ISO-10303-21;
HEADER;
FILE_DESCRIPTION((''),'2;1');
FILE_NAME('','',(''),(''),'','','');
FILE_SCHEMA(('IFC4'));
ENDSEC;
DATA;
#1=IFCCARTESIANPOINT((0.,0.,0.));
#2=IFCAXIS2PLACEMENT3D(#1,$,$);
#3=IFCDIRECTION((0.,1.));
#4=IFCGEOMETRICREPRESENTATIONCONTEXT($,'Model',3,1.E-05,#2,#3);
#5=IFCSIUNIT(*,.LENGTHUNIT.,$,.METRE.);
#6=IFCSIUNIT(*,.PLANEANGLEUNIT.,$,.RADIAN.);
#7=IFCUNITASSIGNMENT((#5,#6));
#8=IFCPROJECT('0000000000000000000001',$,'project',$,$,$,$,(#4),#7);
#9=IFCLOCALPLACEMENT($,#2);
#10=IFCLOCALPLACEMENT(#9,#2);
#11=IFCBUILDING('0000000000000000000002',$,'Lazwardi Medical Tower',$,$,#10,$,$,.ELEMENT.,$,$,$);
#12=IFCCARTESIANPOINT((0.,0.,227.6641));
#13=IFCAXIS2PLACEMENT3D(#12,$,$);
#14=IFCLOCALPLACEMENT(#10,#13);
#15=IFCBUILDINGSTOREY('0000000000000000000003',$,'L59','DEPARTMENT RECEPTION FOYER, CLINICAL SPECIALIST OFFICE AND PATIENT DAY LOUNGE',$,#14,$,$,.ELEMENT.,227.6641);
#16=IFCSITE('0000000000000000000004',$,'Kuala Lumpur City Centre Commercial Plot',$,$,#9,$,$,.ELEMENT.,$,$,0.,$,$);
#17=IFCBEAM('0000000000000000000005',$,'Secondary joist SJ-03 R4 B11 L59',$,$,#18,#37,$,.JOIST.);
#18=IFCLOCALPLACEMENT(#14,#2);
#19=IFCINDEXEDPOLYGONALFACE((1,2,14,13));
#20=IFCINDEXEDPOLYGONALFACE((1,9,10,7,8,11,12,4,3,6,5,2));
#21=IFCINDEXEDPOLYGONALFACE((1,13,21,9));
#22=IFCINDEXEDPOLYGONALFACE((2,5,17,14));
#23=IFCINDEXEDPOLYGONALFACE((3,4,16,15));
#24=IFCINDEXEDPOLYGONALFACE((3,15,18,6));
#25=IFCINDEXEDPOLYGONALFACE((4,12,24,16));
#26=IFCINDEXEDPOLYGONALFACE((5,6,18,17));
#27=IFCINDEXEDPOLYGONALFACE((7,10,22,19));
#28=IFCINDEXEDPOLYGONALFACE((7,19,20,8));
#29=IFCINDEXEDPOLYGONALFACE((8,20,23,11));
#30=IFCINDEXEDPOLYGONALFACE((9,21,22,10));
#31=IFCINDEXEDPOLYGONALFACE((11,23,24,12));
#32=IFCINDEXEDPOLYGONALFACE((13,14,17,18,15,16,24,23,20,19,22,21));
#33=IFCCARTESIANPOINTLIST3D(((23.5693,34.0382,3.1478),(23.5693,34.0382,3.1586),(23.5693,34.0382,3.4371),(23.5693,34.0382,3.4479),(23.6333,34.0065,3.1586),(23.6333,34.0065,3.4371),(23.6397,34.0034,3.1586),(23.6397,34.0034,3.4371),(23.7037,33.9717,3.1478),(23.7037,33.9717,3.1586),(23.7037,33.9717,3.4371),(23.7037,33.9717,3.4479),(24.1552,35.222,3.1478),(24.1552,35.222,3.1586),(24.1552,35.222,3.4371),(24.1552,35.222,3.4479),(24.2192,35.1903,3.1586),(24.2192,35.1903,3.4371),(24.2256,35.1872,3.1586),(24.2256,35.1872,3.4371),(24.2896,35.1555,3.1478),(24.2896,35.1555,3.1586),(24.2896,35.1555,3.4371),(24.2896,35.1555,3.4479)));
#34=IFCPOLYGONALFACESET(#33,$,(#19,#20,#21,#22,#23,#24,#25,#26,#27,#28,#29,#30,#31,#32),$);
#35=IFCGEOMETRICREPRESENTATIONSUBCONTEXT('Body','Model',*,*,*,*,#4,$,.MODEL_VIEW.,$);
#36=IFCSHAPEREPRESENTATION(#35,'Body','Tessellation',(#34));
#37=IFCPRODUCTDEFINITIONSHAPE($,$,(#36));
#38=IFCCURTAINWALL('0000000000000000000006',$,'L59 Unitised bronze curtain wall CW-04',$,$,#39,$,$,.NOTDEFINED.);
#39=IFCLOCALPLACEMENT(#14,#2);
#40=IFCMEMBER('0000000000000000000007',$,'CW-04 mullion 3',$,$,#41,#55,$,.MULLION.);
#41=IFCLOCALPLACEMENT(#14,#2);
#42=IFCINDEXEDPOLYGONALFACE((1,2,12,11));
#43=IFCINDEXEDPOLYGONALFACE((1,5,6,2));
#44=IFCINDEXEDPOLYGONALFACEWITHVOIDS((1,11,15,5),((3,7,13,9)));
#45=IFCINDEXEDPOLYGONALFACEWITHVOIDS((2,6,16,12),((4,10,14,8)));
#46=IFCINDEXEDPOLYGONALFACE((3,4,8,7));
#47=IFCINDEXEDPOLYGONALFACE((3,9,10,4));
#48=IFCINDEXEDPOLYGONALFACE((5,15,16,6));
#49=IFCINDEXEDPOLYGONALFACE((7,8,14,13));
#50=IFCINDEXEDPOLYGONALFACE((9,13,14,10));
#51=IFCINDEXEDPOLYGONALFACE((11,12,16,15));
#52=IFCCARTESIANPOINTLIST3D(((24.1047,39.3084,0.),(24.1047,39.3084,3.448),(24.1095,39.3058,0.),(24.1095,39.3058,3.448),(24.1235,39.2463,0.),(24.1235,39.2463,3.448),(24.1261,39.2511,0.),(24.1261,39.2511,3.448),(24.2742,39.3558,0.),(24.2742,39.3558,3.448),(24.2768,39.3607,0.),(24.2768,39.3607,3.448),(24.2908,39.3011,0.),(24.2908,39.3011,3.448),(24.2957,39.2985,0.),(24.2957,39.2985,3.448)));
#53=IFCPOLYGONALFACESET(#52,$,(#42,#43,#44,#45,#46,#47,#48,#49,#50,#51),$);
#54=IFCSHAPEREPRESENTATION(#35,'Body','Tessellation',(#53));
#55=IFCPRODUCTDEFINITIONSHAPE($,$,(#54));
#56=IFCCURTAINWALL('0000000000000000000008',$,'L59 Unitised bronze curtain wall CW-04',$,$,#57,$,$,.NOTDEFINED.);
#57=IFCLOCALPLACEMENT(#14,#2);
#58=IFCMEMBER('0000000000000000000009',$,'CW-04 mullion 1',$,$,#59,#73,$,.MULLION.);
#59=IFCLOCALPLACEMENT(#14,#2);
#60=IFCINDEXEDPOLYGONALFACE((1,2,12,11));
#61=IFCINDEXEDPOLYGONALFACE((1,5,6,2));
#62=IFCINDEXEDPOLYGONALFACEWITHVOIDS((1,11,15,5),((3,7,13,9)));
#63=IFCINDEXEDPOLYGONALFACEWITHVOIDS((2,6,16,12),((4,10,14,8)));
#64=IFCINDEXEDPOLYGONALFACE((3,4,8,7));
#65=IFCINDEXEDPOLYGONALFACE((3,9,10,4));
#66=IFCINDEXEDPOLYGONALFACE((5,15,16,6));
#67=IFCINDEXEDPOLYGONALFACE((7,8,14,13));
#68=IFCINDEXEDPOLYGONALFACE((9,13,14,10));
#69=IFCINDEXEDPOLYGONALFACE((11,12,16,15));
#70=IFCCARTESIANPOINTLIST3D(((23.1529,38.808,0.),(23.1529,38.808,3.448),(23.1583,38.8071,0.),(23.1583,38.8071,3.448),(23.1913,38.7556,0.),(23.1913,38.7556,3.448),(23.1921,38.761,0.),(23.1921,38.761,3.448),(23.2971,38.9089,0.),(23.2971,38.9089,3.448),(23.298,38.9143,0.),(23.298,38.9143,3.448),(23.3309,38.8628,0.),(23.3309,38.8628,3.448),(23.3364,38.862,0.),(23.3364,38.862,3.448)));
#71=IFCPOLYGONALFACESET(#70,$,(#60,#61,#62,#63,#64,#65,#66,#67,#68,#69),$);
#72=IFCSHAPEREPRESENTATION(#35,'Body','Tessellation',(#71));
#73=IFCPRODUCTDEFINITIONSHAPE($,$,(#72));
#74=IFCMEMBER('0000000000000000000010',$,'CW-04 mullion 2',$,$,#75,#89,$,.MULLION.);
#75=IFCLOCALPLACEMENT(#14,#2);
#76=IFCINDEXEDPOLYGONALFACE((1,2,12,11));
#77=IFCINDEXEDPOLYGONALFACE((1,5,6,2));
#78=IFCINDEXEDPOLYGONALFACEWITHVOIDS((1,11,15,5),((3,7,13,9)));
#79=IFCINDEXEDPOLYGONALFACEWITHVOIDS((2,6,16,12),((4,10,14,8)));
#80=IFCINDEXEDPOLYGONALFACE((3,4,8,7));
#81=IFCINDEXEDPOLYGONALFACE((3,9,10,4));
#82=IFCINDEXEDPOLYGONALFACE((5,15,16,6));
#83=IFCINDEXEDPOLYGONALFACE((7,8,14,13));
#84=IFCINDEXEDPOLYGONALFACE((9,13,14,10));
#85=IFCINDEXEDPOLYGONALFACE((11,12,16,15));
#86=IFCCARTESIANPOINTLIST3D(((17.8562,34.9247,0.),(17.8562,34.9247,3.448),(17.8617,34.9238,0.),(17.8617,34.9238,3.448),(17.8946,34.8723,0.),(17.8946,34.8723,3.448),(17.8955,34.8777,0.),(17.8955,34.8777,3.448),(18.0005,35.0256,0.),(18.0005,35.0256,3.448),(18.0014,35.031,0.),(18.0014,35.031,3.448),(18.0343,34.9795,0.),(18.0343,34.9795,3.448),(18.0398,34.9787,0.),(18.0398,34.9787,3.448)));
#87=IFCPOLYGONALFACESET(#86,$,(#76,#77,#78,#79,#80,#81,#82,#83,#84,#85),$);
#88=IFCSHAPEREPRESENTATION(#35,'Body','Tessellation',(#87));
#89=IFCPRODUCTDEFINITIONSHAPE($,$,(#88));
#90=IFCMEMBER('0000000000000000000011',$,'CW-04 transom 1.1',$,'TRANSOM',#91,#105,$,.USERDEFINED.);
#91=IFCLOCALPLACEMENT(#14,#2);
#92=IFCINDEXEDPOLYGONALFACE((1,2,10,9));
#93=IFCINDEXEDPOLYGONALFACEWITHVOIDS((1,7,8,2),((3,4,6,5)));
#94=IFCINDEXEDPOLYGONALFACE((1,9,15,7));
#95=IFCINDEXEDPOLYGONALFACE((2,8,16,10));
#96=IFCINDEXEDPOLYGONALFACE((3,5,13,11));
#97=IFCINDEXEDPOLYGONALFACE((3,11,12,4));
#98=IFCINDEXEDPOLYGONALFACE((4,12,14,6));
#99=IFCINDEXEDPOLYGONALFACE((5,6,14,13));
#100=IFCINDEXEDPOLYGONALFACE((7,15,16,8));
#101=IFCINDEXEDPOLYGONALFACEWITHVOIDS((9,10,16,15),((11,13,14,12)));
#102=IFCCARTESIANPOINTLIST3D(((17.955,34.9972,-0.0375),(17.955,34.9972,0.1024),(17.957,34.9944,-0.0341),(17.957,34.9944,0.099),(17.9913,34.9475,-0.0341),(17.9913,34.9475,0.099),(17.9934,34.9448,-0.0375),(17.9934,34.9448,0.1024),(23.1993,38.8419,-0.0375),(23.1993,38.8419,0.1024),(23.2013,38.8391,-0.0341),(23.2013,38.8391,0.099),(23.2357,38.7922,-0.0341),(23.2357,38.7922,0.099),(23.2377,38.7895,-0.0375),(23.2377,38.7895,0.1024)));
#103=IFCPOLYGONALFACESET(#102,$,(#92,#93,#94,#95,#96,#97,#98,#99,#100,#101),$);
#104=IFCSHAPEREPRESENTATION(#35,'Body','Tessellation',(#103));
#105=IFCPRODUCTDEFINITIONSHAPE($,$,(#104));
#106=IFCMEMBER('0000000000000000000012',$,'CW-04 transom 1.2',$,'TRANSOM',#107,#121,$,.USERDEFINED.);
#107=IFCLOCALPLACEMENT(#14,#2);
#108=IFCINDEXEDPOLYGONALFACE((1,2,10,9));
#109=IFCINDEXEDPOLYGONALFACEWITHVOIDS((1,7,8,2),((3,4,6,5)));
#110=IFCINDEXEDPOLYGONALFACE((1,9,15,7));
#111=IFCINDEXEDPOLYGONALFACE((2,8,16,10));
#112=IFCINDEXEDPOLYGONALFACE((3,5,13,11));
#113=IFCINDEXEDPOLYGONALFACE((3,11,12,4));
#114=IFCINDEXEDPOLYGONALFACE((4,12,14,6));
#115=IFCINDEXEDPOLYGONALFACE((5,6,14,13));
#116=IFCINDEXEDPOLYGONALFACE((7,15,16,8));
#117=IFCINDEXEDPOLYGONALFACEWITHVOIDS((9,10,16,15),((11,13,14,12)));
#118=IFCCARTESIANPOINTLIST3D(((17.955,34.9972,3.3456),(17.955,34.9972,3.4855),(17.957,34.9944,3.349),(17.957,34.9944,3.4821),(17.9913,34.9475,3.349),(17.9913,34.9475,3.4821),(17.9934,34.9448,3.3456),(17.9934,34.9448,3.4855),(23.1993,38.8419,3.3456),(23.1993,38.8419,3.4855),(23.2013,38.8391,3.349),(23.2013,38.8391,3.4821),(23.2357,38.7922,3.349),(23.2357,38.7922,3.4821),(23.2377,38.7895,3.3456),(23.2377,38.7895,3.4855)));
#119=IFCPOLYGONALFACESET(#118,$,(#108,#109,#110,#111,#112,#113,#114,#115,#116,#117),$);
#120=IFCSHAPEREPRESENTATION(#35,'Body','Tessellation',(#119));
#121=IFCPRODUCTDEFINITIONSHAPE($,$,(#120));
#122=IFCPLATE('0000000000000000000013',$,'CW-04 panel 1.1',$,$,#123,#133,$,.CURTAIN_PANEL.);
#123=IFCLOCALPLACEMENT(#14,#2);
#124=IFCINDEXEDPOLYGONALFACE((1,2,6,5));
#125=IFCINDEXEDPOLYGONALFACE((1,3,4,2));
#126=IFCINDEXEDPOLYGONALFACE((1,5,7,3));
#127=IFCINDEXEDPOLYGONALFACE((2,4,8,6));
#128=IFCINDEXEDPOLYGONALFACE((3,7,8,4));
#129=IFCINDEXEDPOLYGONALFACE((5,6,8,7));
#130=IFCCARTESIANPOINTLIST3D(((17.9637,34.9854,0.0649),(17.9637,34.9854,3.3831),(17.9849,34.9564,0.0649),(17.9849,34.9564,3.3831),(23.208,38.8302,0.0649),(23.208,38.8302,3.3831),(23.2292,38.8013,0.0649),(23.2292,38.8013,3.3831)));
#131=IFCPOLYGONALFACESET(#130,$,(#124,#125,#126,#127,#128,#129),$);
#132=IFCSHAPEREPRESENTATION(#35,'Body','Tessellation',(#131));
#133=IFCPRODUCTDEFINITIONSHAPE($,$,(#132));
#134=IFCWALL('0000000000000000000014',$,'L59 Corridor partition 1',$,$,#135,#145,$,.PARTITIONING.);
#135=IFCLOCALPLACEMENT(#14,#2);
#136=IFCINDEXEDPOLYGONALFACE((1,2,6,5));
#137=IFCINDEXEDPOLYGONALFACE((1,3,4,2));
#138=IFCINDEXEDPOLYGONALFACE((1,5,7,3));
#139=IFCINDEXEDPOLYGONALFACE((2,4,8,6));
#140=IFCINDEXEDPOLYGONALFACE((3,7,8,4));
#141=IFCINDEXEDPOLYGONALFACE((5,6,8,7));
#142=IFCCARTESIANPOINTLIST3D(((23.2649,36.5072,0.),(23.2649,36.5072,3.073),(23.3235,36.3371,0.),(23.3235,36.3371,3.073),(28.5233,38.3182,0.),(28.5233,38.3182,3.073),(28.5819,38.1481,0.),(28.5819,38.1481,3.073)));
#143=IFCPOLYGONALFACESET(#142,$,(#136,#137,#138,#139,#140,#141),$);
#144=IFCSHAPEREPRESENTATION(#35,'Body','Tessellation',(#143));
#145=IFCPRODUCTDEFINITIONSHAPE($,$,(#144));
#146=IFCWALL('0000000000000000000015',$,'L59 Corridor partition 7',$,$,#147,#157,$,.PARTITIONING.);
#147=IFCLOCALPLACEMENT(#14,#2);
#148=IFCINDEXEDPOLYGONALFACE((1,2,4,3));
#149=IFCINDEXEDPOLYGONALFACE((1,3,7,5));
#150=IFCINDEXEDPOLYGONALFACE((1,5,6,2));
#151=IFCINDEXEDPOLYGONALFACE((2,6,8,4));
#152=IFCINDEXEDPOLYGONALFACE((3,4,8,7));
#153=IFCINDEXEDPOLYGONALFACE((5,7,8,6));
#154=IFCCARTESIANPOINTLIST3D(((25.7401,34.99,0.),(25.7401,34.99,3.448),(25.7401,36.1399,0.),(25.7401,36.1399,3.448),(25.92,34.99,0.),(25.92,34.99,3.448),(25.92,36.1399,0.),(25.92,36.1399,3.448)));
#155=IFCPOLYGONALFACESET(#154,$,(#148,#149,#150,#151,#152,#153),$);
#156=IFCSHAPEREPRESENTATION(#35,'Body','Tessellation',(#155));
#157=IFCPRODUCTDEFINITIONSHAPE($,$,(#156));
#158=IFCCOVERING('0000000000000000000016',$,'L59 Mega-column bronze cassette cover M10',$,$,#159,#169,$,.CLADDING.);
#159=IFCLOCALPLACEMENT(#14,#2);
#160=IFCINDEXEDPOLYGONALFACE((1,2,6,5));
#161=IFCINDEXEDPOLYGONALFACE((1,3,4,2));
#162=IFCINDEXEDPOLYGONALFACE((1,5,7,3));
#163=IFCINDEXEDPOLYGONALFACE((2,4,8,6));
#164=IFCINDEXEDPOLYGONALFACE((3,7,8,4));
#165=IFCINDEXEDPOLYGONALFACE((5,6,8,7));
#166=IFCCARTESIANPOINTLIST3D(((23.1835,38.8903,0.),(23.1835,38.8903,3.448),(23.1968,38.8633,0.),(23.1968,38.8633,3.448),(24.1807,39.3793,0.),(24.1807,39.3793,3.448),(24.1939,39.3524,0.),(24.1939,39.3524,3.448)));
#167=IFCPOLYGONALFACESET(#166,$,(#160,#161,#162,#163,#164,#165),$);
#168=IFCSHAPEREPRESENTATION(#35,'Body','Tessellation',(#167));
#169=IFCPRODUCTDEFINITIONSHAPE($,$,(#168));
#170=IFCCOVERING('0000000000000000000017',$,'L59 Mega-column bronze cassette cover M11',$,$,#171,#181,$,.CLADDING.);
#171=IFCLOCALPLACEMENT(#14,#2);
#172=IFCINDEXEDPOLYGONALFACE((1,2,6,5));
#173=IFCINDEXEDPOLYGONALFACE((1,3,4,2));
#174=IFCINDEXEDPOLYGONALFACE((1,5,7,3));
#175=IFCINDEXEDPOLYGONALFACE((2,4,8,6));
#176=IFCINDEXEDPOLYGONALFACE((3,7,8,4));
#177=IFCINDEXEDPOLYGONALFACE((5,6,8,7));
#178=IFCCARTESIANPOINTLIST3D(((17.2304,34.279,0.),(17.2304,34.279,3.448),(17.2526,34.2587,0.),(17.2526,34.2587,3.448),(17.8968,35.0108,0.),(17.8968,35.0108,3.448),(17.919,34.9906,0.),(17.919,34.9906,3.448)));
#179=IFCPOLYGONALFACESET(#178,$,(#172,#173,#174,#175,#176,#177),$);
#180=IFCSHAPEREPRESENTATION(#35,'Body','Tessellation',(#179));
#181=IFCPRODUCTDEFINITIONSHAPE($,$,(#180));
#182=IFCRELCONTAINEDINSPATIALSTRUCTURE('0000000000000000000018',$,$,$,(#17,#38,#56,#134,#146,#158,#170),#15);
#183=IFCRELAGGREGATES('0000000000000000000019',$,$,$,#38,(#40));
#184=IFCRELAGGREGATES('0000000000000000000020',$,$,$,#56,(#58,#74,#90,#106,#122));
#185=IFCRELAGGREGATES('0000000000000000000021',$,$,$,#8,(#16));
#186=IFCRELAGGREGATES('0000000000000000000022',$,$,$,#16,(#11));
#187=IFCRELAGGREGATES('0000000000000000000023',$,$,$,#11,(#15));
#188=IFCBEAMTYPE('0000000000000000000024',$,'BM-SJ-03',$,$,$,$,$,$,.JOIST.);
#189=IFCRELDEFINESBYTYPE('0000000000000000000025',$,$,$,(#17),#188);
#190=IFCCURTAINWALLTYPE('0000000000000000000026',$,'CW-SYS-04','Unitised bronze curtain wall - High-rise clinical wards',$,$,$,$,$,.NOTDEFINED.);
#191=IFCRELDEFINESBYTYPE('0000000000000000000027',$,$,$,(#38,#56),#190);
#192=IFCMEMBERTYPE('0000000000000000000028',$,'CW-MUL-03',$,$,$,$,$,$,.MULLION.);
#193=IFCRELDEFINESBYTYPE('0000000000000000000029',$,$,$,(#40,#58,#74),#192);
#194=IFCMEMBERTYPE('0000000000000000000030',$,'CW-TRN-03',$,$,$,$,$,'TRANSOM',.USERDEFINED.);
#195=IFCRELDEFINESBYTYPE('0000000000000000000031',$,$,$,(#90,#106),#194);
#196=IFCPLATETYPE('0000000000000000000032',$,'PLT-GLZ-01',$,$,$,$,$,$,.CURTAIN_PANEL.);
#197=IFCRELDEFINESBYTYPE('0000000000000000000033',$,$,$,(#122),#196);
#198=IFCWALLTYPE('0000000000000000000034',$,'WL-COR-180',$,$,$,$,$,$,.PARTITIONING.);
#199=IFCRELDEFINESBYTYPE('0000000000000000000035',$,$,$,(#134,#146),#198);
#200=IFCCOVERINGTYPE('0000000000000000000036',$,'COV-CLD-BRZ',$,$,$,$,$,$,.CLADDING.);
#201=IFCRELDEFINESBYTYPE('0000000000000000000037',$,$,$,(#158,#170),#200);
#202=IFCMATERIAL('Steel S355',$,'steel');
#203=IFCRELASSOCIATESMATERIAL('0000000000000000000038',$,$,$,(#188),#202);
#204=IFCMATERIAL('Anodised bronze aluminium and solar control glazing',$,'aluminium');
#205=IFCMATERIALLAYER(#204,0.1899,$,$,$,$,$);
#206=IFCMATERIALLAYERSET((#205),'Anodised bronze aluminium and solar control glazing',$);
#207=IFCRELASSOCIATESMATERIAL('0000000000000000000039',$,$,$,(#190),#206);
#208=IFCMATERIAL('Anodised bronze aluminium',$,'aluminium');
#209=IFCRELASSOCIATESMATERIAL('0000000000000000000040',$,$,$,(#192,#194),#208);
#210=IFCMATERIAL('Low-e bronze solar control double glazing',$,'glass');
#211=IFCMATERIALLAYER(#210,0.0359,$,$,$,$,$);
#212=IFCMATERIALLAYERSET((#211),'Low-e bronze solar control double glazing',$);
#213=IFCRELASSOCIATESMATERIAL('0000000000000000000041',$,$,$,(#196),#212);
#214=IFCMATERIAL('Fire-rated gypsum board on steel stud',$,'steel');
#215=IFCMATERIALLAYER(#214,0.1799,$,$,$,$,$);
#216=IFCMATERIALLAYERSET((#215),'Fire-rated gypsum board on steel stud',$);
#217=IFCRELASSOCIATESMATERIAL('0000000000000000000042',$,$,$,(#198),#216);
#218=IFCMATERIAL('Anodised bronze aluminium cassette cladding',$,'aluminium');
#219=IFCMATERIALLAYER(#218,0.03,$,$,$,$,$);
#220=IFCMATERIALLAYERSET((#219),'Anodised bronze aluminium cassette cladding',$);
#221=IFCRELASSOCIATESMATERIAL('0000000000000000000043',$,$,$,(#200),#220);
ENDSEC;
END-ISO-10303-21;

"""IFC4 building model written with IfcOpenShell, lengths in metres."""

from ifc_helpers import new_model, si_unit, direction, frame, frame_2d, origin, origin_2d, place, context, subcontext, project, spatial, rectangle, hollow_rectangle, i_section, extrude, material, layer, layer_set, material_profile, profile_set, type_object, element, aggregate, save


model = new_model("IFC4")

# Units and contexts
model_context = context("Model", 3, precision=1e-05, world=origin(), true_north=direction((0.0, 1.0)))
body_context = subcontext(model_context, "Body", "Model", "MODEL_VIEW")
ifc_project = project(units=[si_unit("LENGTHUNIT", "METRE"), si_unit("PLANEANGLEUNIT", "RADIAN")], contexts=[model_context])

# Site, building, storey
site_placement = place(None, origin())
site = spatial("IfcSite", under=ifc_project, at=site_placement, Name="Kuala Lumpur City Centre Commercial Plot", CompositionType="ELEMENT", RefElevation=0.0)
building_placement = place(site_placement, origin())
building = spatial("IfcBuilding", under=site, at=building_placement, Name="Lazwardi Medical Tower", CompositionType="ELEMENT")
storey_placement = place(building_placement, frame((0.0, 0.0, 227.6641)))
storey = spatial("IfcBuildingStorey", under=building, at=storey_placement, Name="L59", Description="DEPARTMENT RECEPTION FOYER, CLINICAL SPECIALIST OFFICE AND PATIENT DAY LOUNGE", CompositionType="ELEMENT", Elevation=227.6641)

# Beam
ifc_material_1 = material(Name="Steel S355", Category="steel")
ifc_material_profile_1 = material_profile(ifc_material_1, i_section(OverallWidth=0.1499, OverallDepth=0.3, WebThickness=0.0071, FlangeThickness=0.0107, at=origin_2d()), Name="IPE 300")
ifc_profile_set_1 = profile_set([ifc_material_profile_1], Name="Steel S355")
beam_type_1 = type_object("IfcBeamType", Name="BM-SJ-03", PredefinedType="JOIST", material=ifc_profile_set_1)
beam_1_placement = place(storey_placement, frame((24.2224, 35.1887, 3.2979), z_axis=(-0.443587, -0.896231, 0.0), x_axis=(0.896231, -0.443587, 0.0)))
element("IfcBeam", 1, at=beam_1_placement, inside=storey, type_object=beam_type_1, Name="Secondary joist SJ-03 R4 B11 L59", PredefinedType="JOIST", context=body_context, shape_type="SweptSolid", body=[
    extrude(i_section(OverallWidth=0.1499, OverallDepth=0.3, WebThickness=0.0071, FlangeThickness=0.0107, at=origin_2d()), origin(), (0.0, 0.0, 1.0), 1.3208),
])

# Curtain wall, member
ifc_material_2 = material(Name="Anodised bronze aluminium and solar control glazing", Category="aluminium")
ifc_layer_1 = layer(ifc_material_2, 0.1899)
ifc_layer_set_1 = layer_set([ifc_layer_1], Name="Anodised bronze aluminium and solar control glazing")
curtain_wall_type = type_object("IfcCurtainWallType", Name="CW-SYS-04", Description="Unitised bronze curtain wall - High-rise clinical wards", PredefinedType="NOTDEFINED", material=ifc_layer_set_1)
curtain_wall_1_placement = place(storey_placement, origin())
curtain_wall_1 = element("IfcCurtainWall", 2, at=curtain_wall_1_placement, inside=storey, type_object=curtain_wall_type, Name="L59 Unitised bronze curtain wall CW-04", PredefinedType="NOTDEFINED")
ifc_material_3 = material(Name="Anodised bronze aluminium", Category="aluminium")
ifc_material_profile_2 = material_profile(ifc_material_3, hollow_rectangle(XDim=0.0649, YDim=0.1799, WallThickness=0.0039, at=origin_2d()), Name="ALU-MULLION 180x65x4")
ifc_profile_set_2 = profile_set([ifc_material_profile_2], Name="Anodised bronze aluminium")
member_type_1 = type_object("IfcMemberType", Name="CW-MUL-03", PredefinedType="MULLION", material=ifc_profile_set_2)
member_1_placement = place(storey_placement, frame((24.2002, 39.3035, 0.0), z_axis=(0.0, 0.0, 1.0), x_axis=(0.290582, -0.95685, 0.0)))
member_1 = element("IfcMember", 3, at=member_1_placement, type_object=member_type_1, Name="CW-04 mullion 3", PredefinedType="MULLION", context=body_context, shape_type="SweptSolid", body=[
    extrude(hollow_rectangle(XDim=0.0649, YDim=0.1799, WallThickness=0.0039, at=origin_2d()), origin(), (0.0, 0.0, 1.0), 3.448),
])
aggregate(curtain_wall_1, [member_1])

# Curtain wall, members, plate
curtain_wall_2_placement = place(storey_placement, origin())
curtain_wall_2 = element("IfcCurtainWall", 4, at=curtain_wall_2_placement, inside=storey, type_object=curtain_wall_type, Name="L59 Unitised bronze curtain wall CW-04", PredefinedType="NOTDEFINED")
member_2_placement = place(storey_placement, frame((23.2446, 38.835, 0.0), z_axis=(0.0, 0.0, 1.0), x_axis=(0.591268, -0.806475, 0.0)))
member_2 = element("IfcMember", 5, at=member_2_placement, type_object=member_type_1, Name="CW-04 mullion 1", PredefinedType="MULLION", context=body_context, shape_type="SweptSolid", body=[
    extrude(hollow_rectangle(XDim=0.0649, YDim=0.1799, WallThickness=0.0039, at=origin_2d()), origin(), (0.0, 0.0, 1.0), 3.448),
])
member_3_placement = place(storey_placement, frame((17.948, 34.9517, 0.0), z_axis=(0.0, 0.0, 1.0), x_axis=(0.591268, -0.806475, 0.0)))
member_3 = element("IfcMember", 6, at=member_3_placement, type_object=member_type_1, Name="CW-04 mullion 2", PredefinedType="MULLION", context=body_context, shape_type="SweptSolid", body=[
    extrude(hollow_rectangle(XDim=0.0649, YDim=0.1799, WallThickness=0.0039, at=origin_2d()), origin(), (0.0, 0.0, 1.0), 3.448),
])
ifc_material_profile_3 = material_profile(ifc_material_3, hollow_rectangle(XDim=0.0649, YDim=0.1399, WallThickness=0.0034, at=origin_2d()), Name="ALU-TRANSOM 140x65x3.5")
ifc_profile_set_3 = profile_set([ifc_material_profile_3], Name="Anodised bronze aluminium")
member_type_2 = type_object("IfcMemberType", Name="CW-TRN-03", ElementType="TRANSOM", PredefinedType="USERDEFINED", material=ifc_profile_set_3)
member_4_placement = place(storey_placement, frame((23.2185, 38.8157, 0.0325), z_axis=(-0.80649, -0.591248, 0.0), x_axis=(0.591248, -0.80649, 0.0)))
member_4 = element("IfcMember", 7, at=member_4_placement, type_object=member_type_2, Name="CW-04 transom 1.1", ObjectType="TRANSOM", PredefinedType="USERDEFINED", context=body_context, shape_type="SweptSolid", body=[
    extrude(hollow_rectangle(XDim=0.0649, YDim=0.1399, WallThickness=0.0034, at=origin_2d()), origin(), (0.0, 0.0, 1.0), 6.5027),
])
member_5_placement = place(storey_placement, frame((23.2185, 38.8157, 3.4155), z_axis=(-0.80649, -0.591248, 0.0), x_axis=(0.591248, -0.80649, 0.0)))
member_5 = element("IfcMember", 8, at=member_5_placement, type_object=member_type_2, Name="CW-04 transom 1.2", ObjectType="TRANSOM", PredefinedType="USERDEFINED", context=body_context, shape_type="SweptSolid", body=[
    extrude(hollow_rectangle(XDim=0.0649, YDim=0.1399, WallThickness=0.0034, at=origin_2d()), origin(), (0.0, 0.0, 1.0), 6.5027),
])
ifc_material_4 = material(Name="Low-e bronze solar control double glazing", Category="glass")
ifc_layer_2 = layer(ifc_material_4, 0.0359)
ifc_layer_set_2 = layer_set([ifc_layer_2], Name="Low-e bronze solar control double glazing")
plate_type = type_object("IfcPlateType", Name="PLT-GLZ-01", PredefinedType="CURTAIN_PANEL", material=ifc_layer_set_2)
plate_placement = place(storey_placement, frame((20.5964, 36.8933, 0.0649), z_axis=(0.0, 0.0, 1.0), x_axis=(-0.806475, -0.591268, 0.0)))
plate = element("IfcPlate", 9, at=plate_placement, type_object=plate_type, Name="CW-04 panel 1.1", PredefinedType="CURTAIN_PANEL", context=body_context, shape_type="SweptSolid", body=[
    extrude(rectangle(XDim=6.5027, YDim=0.0359, at=origin_2d()), origin(), (0.0, 0.0, 1.0), 3.3181),
])
aggregate(curtain_wall_2, [member_2, member_3, member_4, member_5, plate])

# Walls
ifc_material_5 = material(Name="Fire-rated gypsum board on steel stud", Category="steel")
ifc_layer_3 = layer(ifc_material_5, 0.1799)
ifc_layer_set_3 = layer_set([ifc_layer_3], Name="Fire-rated gypsum board on steel stud")
wall_type = type_object("IfcWallType", Name="WL-COR-180", PredefinedType="PARTITIONING", material=ifc_layer_set_3)
wall_1_placement = place(storey_placement, frame((23.2942, 36.4221, 0.0), z_axis=(0.0, 0.0, 1.0), x_axis=(0.945493, 0.325642, 0.0)))
element("IfcWall", 10, at=wall_1_placement, inside=storey, type_object=wall_type, Name="L59 Corridor partition 1", PredefinedType="PARTITIONING", context=body_context, shape_type="SweptSolid", body=[
    extrude(rectangle(XDim=5.5615, YDim=0.1799, at=frame_2d((2.7808, 0.0))), origin(), (0.0, 0.0, 1.0), 3.073),
])
wall_2_placement = place(storey_placement, frame((25.8301, 36.1399, 0.0), z_axis=(0.0, 0.0, 1.0), x_axis=(0.0, -1.0, 0.0)))
element("IfcWall", 11, at=wall_2_placement, inside=storey, type_object=wall_type, Name="L59 Corridor partition 7", PredefinedType="PARTITIONING", context=body_context, shape_type="SweptSolid", body=[
    extrude(rectangle(XDim=1.1499, YDim=0.1799, at=frame_2d((0.575, 0.0))), origin(), (0.0, 0.0, 1.0), 3.448),
])

# Coverings
ifc_material_6 = material(Name="Anodised bronze aluminium cassette cladding", Category="aluminium")
ifc_layer_4 = layer(ifc_material_6, 0.03)
ifc_layer_set_4 = layer_set([ifc_layer_4], Name="Anodised bronze aluminium cassette cladding")
covering_type = type_object("IfcCoveringType", Name="COV-CLD-BRZ", PredefinedType="CLADDING", material=ifc_layer_set_4)
covering_1_placement = place(storey_placement, frame((23.6887, 39.1213, 0.0), z_axis=(0.0, 0.0, 1.0), x_axis=(-0.89784, -0.440322, 0.0)))
element("IfcCovering", 12, at=covering_1_placement, inside=storey, type_object=covering_type, Name="L59 Mega-column bronze cassette cover M10", PredefinedType="CLADDING", context=body_context, shape_type="SweptSolid", body=[
    extrude(rectangle(XDim=1.1106, YDim=0.03, at=origin_2d()), origin(), (0.0, 0.0, 1.0), 3.448),
])
covering_2_placement = place(storey_placement, frame((17.5747, 34.6348, 0.0), z_axis=(0.0, 0.0, 1.0), x_axis=(-0.673241, -0.739423, 0.0)))
element("IfcCovering", 13, at=covering_2_placement, inside=storey, type_object=covering_type, Name="L59 Mega-column bronze cassette cover M11", PredefinedType="CLADDING", context=body_context, shape_type="SweptSolid", body=[
    extrude(rectangle(XDim=0.9897, YDim=0.03, at=origin_2d()), origin(), (0.0, 0.0, 1.0), 3.448),
])

save(model, "model.ifc")
